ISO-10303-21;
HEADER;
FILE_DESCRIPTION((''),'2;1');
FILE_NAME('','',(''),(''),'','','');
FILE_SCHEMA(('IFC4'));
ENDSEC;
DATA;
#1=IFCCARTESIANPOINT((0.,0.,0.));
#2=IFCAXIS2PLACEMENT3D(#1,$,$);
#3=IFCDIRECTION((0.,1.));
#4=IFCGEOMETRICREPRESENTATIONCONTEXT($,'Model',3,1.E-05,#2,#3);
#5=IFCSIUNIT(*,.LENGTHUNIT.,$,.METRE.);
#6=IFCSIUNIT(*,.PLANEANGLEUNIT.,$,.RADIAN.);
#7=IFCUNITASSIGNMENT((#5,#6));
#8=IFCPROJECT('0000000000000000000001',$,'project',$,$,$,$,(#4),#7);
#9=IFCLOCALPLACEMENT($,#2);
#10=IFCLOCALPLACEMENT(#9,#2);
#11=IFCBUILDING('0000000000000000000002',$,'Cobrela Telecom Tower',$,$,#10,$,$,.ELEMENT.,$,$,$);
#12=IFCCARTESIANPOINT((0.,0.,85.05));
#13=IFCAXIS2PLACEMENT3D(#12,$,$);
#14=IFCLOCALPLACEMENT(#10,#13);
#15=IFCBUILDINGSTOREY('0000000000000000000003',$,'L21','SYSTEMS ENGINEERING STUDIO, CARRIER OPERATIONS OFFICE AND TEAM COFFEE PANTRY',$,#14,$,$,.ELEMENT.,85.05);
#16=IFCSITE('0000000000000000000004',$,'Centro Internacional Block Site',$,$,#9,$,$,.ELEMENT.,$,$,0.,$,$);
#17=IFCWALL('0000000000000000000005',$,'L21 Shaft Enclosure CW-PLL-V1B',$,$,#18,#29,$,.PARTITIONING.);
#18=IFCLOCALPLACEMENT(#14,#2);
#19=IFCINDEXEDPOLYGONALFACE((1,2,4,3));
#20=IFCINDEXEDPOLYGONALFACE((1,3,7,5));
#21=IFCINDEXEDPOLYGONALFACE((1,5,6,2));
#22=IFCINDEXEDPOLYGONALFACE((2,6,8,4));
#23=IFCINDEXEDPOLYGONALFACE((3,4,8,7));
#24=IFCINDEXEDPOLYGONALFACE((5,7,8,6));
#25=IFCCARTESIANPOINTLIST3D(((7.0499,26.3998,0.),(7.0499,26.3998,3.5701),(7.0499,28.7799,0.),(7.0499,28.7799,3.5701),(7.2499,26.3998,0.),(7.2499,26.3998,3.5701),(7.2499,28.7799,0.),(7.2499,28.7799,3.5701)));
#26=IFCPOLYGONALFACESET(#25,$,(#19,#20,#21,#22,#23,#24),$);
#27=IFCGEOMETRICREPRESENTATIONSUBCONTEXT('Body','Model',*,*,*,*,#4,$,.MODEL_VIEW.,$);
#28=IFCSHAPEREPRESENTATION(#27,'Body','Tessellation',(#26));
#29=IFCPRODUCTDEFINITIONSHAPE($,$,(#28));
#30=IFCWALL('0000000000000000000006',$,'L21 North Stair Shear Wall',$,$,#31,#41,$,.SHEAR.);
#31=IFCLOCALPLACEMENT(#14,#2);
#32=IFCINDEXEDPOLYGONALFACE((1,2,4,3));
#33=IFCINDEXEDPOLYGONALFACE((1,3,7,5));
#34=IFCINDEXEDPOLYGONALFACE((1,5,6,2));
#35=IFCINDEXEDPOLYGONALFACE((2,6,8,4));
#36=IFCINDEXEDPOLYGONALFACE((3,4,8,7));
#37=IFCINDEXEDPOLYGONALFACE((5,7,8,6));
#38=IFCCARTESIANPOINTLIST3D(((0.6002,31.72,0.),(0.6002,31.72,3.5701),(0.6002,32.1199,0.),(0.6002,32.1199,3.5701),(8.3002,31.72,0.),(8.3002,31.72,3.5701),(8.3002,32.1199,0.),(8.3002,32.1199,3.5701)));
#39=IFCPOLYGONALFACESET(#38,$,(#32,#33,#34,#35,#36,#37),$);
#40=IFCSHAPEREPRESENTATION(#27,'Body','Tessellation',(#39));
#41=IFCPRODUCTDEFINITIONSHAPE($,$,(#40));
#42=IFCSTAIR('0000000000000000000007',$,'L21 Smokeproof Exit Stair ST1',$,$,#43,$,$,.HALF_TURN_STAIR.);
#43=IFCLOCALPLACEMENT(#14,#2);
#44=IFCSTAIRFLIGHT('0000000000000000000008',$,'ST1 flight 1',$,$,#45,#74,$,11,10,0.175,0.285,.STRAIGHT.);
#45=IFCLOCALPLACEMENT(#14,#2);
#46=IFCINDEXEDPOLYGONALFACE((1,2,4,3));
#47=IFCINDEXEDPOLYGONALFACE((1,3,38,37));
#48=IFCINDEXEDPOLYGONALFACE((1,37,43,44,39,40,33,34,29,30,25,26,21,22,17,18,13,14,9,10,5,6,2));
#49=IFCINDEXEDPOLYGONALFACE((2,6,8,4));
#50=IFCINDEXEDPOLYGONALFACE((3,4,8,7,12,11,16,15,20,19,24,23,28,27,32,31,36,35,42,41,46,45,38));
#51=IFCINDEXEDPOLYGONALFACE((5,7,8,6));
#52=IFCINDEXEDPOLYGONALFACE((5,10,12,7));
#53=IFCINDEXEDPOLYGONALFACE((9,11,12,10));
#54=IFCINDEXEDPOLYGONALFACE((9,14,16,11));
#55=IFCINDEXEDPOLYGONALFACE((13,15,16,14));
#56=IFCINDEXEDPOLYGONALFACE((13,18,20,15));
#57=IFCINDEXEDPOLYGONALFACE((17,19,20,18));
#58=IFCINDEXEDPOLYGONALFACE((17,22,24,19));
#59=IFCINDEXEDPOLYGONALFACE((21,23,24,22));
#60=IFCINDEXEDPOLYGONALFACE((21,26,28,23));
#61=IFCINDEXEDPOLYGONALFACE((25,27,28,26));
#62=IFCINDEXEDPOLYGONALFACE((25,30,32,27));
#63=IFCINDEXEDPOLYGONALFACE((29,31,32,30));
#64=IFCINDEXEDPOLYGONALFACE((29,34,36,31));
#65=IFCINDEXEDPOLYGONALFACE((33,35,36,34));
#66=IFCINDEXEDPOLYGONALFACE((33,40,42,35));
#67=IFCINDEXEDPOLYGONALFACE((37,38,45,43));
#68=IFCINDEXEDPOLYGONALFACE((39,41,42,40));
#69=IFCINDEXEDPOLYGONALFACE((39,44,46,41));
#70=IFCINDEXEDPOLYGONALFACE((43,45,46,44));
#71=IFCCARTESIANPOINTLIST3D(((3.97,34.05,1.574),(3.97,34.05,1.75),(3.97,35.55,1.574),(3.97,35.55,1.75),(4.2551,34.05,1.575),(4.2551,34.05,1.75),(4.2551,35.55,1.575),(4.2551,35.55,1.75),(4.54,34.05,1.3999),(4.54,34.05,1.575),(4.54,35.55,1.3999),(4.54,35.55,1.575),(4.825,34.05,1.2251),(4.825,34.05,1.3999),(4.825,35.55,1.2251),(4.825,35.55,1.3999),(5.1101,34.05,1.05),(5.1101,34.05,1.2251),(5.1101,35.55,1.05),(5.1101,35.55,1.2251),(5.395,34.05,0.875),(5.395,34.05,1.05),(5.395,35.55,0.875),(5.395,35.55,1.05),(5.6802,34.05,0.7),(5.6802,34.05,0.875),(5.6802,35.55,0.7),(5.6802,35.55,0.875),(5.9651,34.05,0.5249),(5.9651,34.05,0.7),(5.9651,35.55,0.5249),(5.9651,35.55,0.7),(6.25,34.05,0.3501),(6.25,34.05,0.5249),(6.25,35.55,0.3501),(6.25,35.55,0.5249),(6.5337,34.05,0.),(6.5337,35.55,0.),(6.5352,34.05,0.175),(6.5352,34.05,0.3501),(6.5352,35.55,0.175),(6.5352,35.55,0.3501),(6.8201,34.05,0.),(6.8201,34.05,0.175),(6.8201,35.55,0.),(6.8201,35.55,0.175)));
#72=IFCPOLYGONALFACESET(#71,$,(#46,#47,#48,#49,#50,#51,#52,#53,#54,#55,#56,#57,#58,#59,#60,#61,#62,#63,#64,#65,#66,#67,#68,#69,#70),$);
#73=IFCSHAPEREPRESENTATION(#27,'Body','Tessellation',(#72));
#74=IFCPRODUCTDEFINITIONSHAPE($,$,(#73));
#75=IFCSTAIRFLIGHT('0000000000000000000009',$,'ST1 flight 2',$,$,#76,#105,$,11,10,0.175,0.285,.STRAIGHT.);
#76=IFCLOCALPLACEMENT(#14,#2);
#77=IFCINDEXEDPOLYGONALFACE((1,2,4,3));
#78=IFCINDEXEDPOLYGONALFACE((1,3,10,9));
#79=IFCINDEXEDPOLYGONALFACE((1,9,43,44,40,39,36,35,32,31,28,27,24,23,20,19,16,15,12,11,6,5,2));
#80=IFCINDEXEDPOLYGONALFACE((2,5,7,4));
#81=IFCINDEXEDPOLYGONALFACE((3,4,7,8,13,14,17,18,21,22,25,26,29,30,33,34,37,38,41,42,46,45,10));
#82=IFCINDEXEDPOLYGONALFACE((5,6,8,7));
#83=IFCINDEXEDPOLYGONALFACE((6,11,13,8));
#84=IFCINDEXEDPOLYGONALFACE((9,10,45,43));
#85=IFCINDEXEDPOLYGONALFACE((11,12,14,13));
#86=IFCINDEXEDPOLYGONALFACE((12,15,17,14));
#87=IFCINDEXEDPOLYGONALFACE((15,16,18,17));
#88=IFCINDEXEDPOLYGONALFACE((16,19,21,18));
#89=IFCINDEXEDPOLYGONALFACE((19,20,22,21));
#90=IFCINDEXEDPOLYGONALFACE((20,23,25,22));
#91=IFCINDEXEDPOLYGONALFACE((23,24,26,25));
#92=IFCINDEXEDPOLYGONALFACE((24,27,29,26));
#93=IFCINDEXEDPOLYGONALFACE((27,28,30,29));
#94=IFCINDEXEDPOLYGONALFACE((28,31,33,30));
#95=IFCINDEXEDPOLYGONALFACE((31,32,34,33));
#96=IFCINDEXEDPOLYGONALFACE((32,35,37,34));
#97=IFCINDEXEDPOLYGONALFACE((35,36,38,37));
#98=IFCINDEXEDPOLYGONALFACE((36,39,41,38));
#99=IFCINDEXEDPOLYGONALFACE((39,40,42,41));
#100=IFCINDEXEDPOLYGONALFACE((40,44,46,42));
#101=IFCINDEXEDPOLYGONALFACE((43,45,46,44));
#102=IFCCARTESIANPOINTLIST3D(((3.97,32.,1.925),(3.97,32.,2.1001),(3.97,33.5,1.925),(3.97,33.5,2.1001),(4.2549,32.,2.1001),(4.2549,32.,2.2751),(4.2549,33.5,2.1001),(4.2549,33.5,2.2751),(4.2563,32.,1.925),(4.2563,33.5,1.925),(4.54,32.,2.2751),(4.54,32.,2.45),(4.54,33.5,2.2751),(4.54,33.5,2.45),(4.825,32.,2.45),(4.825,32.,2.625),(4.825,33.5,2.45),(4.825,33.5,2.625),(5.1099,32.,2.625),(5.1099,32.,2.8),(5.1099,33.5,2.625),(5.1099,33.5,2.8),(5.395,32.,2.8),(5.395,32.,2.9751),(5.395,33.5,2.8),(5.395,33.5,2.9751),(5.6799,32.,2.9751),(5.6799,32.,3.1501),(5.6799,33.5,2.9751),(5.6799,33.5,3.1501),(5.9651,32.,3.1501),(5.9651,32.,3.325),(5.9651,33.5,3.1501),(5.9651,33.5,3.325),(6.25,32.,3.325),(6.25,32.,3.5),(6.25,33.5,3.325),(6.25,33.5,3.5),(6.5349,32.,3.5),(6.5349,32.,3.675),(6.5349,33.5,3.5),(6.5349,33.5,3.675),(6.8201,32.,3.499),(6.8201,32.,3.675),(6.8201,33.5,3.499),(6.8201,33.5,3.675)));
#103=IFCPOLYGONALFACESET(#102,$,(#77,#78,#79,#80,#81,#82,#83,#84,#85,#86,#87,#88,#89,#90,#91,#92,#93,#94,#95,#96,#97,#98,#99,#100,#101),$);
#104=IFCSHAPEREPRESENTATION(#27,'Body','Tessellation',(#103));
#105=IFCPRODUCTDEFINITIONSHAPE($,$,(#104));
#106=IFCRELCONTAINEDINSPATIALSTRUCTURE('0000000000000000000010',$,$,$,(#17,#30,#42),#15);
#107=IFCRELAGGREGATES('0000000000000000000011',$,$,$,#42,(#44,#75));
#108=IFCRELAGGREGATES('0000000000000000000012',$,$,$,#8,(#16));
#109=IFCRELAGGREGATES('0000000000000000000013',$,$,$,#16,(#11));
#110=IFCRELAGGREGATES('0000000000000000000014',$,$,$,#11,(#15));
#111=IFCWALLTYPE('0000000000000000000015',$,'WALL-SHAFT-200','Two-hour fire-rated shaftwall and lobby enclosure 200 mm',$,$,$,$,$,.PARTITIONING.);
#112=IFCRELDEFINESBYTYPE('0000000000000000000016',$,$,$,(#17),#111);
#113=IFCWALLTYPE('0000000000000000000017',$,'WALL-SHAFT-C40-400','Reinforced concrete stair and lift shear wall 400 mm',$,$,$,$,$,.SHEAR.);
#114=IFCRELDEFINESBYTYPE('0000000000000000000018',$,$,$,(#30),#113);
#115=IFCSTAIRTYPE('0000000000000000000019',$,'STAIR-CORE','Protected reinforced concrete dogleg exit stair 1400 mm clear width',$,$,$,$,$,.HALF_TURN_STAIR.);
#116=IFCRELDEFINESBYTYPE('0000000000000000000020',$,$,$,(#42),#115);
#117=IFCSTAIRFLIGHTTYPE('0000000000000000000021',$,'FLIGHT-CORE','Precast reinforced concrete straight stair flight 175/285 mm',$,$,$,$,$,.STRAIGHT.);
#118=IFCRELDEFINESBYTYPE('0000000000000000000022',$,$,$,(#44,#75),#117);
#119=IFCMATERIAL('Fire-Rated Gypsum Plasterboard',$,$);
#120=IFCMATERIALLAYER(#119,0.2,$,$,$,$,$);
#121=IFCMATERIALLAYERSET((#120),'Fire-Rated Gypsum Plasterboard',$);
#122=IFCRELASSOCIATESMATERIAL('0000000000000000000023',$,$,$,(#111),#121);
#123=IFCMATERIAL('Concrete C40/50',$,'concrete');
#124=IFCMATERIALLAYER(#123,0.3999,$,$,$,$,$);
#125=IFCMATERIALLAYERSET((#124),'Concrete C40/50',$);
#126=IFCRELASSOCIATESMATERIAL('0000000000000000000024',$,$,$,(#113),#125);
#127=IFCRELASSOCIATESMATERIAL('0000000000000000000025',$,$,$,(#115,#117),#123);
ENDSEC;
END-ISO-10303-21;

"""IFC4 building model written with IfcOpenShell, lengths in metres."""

from ifc_helpers import new_model, si_unit, direction, frame, frame_2d, origin, place, context, subcontext, project, spatial, polyline, rectangle, outline, extrude, material, layer, layer_set, type_object, element, aggregate, save


model = new_model("IFC4")

# Units and contexts
model_context = context("Model", 3, precision=1e-05, world=origin(), true_north=direction((0.0, 1.0)))
body_context = subcontext(model_context, "Body", "Model", "MODEL_VIEW")
ifc_project = project(units=[si_unit("LENGTHUNIT", "METRE"), si_unit("PLANEANGLEUNIT", "RADIAN")], contexts=[model_context])

# Site, building, storey
site_placement = place(None, origin())
site = spatial("IfcSite", under=ifc_project, at=site_placement, Name="Centro Internacional Block Site", CompositionType="ELEMENT", RefElevation=0.0)
building_placement = place(site_placement, origin())
building = spatial("IfcBuilding", under=site, at=building_placement, Name="Cobrela Telecom Tower", CompositionType="ELEMENT")
storey_placement = place(building_placement, frame((0.0, 0.0, 85.05)))
storey = spatial("IfcBuildingStorey", under=building, at=storey_placement, Name="L21", Description="SYSTEMS ENGINEERING STUDIO, CARRIER OPERATIONS OFFICE AND TEAM COFFEE PANTRY", CompositionType="ELEMENT", Elevation=85.05)

# Shared definitions
ifc_material_1 = material(Name="Fire-Rated Gypsum Plasterboard")
ifc_layer_1 = layer(ifc_material_1, 0.2)
ifc_layer_set_1 = layer_set([ifc_layer_1], Name="Fire-Rated Gypsum Plasterboard")
wall_type_1 = type_object("IfcWallType", Name="WALL-SHAFT-200", Description="Two-hour fire-rated shaftwall and lobby enclosure 200 mm", PredefinedType="PARTITIONING", material=ifc_layer_set_1)

# Walls
wall_1_placement = place(storey_placement, frame((7.1499, 26.3999, 0.0), z_axis=(0.0, 0.0, 1.0), x_axis=(0.0, 1.0, 0.0)))
element("IfcWall", 1, at=wall_1_placement, inside=storey, type_object=wall_type_1, Name="L21 Shaft Enclosure CW-PLL-V1B", PredefinedType="PARTITIONING", context=body_context, shape_type="SweptSolid", body=[
    extrude(rectangle(XDim=2.3801, YDim=0.2, at=frame_2d((1.1899, 0.0))), origin(), (0.0, 0.0, 1.0), 3.5701),
])
ifc_material_2 = material(Name="Concrete C40/50", Category="concrete")
ifc_layer_2 = layer(ifc_material_2, 0.3999)
ifc_layer_set_2 = layer_set([ifc_layer_2], Name="Concrete C40/50")
wall_type_2 = type_object("IfcWallType", Name="WALL-SHAFT-C40-400", Description="Reinforced concrete stair and lift shear wall 400 mm", PredefinedType="SHEAR", material=ifc_layer_set_2)
wall_2_placement = place(storey_placement, frame((0.6001, 31.9199, 0.0), z_axis=(0.0, 0.0, 1.0), x_axis=(1.0, 0.0, 0.0)))
element("IfcWall", 2, at=wall_2_placement, inside=storey, type_object=wall_type_2, Name="L21 North Stair Shear Wall", PredefinedType="SHEAR", context=body_context, shape_type="SweptSolid", body=[
    extrude(rectangle(XDim=7.7, YDim=0.3999, at=frame_2d((3.8501, 0.0))), origin(), (0.0, 0.0, 1.0), 3.5701),
])

# Stair, stair flights
stair_type = type_object("IfcStairType", Name="STAIR-CORE", Description="Protected reinforced concrete dogleg exit stair 1400 mm clear width", PredefinedType="HALF_TURN_STAIR", material=ifc_material_2)
stair_placement = place(storey_placement, origin())
stair = element("IfcStair", 3, at=stair_placement, inside=storey, type_object=stair_type, Name="L21 Smokeproof Exit Stair ST1", PredefinedType="HALF_TURN_STAIR")
stair_flight_type = type_object("IfcStairFlightType", Name="FLIGHT-CORE", Description="Precast reinforced concrete straight stair flight 175/285 mm", PredefinedType="STRAIGHT", material=ifc_material_2)
stair_flight_1_placement = place(storey_placement, frame((6.8201, 34.8, 0.0), z_axis=(0.0, 0.0, 1.0), x_axis=(-1.0, 0.0, 0.0)))
stair_flight_1 = element("IfcStairFlight", 4, at=stair_flight_1_placement, type_object=stair_flight_type, Name="ST1 flight 1", NumberOfRisers=11, NumberOfTreads=10, PredefinedType="STRAIGHT", RiserHeight=0.175, TreadLength=0.285, context=body_context, shape_type="SweptSolid", body=[
    extrude(outline(polyline([(0.0, 0.0), (0.0, 0.175), (0.2849, 0.175), (0.2849, 0.3501), (0.5701, 0.3501), (0.5701, 0.5249), (0.855, 0.5249), (0.855, 0.7), (1.1399, 0.7), (1.1399, 0.875), (1.425, 0.875), (1.425, 1.05), (1.71, 1.05), (1.71, 1.2251), (1.9951, 1.2251), (1.9951, 1.3999), (2.28, 1.3999), (2.28, 1.575), (2.5649, 1.575), (2.5649, 1.75), (2.8501, 1.75), (2.8501, 1.925), (2.8501, 1.574), (0.2864, 0.0), (0.0, 0.0)])), frame((0.0, 0.75, 0.0), z_axis=(0.0, -1.0, 0.0), x_axis=(1.0, 0.0, 0.0)), (0.0, 0.0, 1.0), 1.5),
])
stair_flight_2_placement = place(storey_placement, frame((3.97, 32.75, 1.925), z_axis=(0.0, 0.0, 1.0), x_axis=(1.0, 0.0, 0.0)))
stair_flight_2 = element("IfcStairFlight", 5, at=stair_flight_2_placement, type_object=stair_flight_type, Name="ST1 flight 2", NumberOfRisers=11, NumberOfTreads=10, PredefinedType="STRAIGHT", RiserHeight=0.175, TreadLength=0.285, context=body_context, shape_type="SweptSolid", body=[
    extrude(outline(polyline([(0.0, 0.0), (0.0, 0.175), (0.2849, 0.175), (0.2849, 0.3501), (0.5701, 0.3501), (0.5701, 0.5249), (0.855, 0.5249), (0.855, 0.7), (1.1399, 0.7), (1.1399, 0.875), (1.425, 0.875), (1.425, 1.05), (1.71, 1.05), (1.71, 1.2251), (1.9951, 1.2251), (1.9951, 1.3999), (2.28, 1.3999), (2.28, 1.575), (2.5649, 1.575), (2.5649, 1.75), (2.8501, 1.75), (2.8501, 1.925), (2.8501, 1.574), (0.2864, 0.0), (0.0, 0.0)])), frame((0.0, 0.75, 0.0), z_axis=(0.0, -1.0, 0.0), x_axis=(1.0, 0.0, 0.0)), (0.0, 0.0, 1.0), 1.5),
])
aggregate(stair, [stair_flight_1, stair_flight_2])

save(model, "model.ifc")
